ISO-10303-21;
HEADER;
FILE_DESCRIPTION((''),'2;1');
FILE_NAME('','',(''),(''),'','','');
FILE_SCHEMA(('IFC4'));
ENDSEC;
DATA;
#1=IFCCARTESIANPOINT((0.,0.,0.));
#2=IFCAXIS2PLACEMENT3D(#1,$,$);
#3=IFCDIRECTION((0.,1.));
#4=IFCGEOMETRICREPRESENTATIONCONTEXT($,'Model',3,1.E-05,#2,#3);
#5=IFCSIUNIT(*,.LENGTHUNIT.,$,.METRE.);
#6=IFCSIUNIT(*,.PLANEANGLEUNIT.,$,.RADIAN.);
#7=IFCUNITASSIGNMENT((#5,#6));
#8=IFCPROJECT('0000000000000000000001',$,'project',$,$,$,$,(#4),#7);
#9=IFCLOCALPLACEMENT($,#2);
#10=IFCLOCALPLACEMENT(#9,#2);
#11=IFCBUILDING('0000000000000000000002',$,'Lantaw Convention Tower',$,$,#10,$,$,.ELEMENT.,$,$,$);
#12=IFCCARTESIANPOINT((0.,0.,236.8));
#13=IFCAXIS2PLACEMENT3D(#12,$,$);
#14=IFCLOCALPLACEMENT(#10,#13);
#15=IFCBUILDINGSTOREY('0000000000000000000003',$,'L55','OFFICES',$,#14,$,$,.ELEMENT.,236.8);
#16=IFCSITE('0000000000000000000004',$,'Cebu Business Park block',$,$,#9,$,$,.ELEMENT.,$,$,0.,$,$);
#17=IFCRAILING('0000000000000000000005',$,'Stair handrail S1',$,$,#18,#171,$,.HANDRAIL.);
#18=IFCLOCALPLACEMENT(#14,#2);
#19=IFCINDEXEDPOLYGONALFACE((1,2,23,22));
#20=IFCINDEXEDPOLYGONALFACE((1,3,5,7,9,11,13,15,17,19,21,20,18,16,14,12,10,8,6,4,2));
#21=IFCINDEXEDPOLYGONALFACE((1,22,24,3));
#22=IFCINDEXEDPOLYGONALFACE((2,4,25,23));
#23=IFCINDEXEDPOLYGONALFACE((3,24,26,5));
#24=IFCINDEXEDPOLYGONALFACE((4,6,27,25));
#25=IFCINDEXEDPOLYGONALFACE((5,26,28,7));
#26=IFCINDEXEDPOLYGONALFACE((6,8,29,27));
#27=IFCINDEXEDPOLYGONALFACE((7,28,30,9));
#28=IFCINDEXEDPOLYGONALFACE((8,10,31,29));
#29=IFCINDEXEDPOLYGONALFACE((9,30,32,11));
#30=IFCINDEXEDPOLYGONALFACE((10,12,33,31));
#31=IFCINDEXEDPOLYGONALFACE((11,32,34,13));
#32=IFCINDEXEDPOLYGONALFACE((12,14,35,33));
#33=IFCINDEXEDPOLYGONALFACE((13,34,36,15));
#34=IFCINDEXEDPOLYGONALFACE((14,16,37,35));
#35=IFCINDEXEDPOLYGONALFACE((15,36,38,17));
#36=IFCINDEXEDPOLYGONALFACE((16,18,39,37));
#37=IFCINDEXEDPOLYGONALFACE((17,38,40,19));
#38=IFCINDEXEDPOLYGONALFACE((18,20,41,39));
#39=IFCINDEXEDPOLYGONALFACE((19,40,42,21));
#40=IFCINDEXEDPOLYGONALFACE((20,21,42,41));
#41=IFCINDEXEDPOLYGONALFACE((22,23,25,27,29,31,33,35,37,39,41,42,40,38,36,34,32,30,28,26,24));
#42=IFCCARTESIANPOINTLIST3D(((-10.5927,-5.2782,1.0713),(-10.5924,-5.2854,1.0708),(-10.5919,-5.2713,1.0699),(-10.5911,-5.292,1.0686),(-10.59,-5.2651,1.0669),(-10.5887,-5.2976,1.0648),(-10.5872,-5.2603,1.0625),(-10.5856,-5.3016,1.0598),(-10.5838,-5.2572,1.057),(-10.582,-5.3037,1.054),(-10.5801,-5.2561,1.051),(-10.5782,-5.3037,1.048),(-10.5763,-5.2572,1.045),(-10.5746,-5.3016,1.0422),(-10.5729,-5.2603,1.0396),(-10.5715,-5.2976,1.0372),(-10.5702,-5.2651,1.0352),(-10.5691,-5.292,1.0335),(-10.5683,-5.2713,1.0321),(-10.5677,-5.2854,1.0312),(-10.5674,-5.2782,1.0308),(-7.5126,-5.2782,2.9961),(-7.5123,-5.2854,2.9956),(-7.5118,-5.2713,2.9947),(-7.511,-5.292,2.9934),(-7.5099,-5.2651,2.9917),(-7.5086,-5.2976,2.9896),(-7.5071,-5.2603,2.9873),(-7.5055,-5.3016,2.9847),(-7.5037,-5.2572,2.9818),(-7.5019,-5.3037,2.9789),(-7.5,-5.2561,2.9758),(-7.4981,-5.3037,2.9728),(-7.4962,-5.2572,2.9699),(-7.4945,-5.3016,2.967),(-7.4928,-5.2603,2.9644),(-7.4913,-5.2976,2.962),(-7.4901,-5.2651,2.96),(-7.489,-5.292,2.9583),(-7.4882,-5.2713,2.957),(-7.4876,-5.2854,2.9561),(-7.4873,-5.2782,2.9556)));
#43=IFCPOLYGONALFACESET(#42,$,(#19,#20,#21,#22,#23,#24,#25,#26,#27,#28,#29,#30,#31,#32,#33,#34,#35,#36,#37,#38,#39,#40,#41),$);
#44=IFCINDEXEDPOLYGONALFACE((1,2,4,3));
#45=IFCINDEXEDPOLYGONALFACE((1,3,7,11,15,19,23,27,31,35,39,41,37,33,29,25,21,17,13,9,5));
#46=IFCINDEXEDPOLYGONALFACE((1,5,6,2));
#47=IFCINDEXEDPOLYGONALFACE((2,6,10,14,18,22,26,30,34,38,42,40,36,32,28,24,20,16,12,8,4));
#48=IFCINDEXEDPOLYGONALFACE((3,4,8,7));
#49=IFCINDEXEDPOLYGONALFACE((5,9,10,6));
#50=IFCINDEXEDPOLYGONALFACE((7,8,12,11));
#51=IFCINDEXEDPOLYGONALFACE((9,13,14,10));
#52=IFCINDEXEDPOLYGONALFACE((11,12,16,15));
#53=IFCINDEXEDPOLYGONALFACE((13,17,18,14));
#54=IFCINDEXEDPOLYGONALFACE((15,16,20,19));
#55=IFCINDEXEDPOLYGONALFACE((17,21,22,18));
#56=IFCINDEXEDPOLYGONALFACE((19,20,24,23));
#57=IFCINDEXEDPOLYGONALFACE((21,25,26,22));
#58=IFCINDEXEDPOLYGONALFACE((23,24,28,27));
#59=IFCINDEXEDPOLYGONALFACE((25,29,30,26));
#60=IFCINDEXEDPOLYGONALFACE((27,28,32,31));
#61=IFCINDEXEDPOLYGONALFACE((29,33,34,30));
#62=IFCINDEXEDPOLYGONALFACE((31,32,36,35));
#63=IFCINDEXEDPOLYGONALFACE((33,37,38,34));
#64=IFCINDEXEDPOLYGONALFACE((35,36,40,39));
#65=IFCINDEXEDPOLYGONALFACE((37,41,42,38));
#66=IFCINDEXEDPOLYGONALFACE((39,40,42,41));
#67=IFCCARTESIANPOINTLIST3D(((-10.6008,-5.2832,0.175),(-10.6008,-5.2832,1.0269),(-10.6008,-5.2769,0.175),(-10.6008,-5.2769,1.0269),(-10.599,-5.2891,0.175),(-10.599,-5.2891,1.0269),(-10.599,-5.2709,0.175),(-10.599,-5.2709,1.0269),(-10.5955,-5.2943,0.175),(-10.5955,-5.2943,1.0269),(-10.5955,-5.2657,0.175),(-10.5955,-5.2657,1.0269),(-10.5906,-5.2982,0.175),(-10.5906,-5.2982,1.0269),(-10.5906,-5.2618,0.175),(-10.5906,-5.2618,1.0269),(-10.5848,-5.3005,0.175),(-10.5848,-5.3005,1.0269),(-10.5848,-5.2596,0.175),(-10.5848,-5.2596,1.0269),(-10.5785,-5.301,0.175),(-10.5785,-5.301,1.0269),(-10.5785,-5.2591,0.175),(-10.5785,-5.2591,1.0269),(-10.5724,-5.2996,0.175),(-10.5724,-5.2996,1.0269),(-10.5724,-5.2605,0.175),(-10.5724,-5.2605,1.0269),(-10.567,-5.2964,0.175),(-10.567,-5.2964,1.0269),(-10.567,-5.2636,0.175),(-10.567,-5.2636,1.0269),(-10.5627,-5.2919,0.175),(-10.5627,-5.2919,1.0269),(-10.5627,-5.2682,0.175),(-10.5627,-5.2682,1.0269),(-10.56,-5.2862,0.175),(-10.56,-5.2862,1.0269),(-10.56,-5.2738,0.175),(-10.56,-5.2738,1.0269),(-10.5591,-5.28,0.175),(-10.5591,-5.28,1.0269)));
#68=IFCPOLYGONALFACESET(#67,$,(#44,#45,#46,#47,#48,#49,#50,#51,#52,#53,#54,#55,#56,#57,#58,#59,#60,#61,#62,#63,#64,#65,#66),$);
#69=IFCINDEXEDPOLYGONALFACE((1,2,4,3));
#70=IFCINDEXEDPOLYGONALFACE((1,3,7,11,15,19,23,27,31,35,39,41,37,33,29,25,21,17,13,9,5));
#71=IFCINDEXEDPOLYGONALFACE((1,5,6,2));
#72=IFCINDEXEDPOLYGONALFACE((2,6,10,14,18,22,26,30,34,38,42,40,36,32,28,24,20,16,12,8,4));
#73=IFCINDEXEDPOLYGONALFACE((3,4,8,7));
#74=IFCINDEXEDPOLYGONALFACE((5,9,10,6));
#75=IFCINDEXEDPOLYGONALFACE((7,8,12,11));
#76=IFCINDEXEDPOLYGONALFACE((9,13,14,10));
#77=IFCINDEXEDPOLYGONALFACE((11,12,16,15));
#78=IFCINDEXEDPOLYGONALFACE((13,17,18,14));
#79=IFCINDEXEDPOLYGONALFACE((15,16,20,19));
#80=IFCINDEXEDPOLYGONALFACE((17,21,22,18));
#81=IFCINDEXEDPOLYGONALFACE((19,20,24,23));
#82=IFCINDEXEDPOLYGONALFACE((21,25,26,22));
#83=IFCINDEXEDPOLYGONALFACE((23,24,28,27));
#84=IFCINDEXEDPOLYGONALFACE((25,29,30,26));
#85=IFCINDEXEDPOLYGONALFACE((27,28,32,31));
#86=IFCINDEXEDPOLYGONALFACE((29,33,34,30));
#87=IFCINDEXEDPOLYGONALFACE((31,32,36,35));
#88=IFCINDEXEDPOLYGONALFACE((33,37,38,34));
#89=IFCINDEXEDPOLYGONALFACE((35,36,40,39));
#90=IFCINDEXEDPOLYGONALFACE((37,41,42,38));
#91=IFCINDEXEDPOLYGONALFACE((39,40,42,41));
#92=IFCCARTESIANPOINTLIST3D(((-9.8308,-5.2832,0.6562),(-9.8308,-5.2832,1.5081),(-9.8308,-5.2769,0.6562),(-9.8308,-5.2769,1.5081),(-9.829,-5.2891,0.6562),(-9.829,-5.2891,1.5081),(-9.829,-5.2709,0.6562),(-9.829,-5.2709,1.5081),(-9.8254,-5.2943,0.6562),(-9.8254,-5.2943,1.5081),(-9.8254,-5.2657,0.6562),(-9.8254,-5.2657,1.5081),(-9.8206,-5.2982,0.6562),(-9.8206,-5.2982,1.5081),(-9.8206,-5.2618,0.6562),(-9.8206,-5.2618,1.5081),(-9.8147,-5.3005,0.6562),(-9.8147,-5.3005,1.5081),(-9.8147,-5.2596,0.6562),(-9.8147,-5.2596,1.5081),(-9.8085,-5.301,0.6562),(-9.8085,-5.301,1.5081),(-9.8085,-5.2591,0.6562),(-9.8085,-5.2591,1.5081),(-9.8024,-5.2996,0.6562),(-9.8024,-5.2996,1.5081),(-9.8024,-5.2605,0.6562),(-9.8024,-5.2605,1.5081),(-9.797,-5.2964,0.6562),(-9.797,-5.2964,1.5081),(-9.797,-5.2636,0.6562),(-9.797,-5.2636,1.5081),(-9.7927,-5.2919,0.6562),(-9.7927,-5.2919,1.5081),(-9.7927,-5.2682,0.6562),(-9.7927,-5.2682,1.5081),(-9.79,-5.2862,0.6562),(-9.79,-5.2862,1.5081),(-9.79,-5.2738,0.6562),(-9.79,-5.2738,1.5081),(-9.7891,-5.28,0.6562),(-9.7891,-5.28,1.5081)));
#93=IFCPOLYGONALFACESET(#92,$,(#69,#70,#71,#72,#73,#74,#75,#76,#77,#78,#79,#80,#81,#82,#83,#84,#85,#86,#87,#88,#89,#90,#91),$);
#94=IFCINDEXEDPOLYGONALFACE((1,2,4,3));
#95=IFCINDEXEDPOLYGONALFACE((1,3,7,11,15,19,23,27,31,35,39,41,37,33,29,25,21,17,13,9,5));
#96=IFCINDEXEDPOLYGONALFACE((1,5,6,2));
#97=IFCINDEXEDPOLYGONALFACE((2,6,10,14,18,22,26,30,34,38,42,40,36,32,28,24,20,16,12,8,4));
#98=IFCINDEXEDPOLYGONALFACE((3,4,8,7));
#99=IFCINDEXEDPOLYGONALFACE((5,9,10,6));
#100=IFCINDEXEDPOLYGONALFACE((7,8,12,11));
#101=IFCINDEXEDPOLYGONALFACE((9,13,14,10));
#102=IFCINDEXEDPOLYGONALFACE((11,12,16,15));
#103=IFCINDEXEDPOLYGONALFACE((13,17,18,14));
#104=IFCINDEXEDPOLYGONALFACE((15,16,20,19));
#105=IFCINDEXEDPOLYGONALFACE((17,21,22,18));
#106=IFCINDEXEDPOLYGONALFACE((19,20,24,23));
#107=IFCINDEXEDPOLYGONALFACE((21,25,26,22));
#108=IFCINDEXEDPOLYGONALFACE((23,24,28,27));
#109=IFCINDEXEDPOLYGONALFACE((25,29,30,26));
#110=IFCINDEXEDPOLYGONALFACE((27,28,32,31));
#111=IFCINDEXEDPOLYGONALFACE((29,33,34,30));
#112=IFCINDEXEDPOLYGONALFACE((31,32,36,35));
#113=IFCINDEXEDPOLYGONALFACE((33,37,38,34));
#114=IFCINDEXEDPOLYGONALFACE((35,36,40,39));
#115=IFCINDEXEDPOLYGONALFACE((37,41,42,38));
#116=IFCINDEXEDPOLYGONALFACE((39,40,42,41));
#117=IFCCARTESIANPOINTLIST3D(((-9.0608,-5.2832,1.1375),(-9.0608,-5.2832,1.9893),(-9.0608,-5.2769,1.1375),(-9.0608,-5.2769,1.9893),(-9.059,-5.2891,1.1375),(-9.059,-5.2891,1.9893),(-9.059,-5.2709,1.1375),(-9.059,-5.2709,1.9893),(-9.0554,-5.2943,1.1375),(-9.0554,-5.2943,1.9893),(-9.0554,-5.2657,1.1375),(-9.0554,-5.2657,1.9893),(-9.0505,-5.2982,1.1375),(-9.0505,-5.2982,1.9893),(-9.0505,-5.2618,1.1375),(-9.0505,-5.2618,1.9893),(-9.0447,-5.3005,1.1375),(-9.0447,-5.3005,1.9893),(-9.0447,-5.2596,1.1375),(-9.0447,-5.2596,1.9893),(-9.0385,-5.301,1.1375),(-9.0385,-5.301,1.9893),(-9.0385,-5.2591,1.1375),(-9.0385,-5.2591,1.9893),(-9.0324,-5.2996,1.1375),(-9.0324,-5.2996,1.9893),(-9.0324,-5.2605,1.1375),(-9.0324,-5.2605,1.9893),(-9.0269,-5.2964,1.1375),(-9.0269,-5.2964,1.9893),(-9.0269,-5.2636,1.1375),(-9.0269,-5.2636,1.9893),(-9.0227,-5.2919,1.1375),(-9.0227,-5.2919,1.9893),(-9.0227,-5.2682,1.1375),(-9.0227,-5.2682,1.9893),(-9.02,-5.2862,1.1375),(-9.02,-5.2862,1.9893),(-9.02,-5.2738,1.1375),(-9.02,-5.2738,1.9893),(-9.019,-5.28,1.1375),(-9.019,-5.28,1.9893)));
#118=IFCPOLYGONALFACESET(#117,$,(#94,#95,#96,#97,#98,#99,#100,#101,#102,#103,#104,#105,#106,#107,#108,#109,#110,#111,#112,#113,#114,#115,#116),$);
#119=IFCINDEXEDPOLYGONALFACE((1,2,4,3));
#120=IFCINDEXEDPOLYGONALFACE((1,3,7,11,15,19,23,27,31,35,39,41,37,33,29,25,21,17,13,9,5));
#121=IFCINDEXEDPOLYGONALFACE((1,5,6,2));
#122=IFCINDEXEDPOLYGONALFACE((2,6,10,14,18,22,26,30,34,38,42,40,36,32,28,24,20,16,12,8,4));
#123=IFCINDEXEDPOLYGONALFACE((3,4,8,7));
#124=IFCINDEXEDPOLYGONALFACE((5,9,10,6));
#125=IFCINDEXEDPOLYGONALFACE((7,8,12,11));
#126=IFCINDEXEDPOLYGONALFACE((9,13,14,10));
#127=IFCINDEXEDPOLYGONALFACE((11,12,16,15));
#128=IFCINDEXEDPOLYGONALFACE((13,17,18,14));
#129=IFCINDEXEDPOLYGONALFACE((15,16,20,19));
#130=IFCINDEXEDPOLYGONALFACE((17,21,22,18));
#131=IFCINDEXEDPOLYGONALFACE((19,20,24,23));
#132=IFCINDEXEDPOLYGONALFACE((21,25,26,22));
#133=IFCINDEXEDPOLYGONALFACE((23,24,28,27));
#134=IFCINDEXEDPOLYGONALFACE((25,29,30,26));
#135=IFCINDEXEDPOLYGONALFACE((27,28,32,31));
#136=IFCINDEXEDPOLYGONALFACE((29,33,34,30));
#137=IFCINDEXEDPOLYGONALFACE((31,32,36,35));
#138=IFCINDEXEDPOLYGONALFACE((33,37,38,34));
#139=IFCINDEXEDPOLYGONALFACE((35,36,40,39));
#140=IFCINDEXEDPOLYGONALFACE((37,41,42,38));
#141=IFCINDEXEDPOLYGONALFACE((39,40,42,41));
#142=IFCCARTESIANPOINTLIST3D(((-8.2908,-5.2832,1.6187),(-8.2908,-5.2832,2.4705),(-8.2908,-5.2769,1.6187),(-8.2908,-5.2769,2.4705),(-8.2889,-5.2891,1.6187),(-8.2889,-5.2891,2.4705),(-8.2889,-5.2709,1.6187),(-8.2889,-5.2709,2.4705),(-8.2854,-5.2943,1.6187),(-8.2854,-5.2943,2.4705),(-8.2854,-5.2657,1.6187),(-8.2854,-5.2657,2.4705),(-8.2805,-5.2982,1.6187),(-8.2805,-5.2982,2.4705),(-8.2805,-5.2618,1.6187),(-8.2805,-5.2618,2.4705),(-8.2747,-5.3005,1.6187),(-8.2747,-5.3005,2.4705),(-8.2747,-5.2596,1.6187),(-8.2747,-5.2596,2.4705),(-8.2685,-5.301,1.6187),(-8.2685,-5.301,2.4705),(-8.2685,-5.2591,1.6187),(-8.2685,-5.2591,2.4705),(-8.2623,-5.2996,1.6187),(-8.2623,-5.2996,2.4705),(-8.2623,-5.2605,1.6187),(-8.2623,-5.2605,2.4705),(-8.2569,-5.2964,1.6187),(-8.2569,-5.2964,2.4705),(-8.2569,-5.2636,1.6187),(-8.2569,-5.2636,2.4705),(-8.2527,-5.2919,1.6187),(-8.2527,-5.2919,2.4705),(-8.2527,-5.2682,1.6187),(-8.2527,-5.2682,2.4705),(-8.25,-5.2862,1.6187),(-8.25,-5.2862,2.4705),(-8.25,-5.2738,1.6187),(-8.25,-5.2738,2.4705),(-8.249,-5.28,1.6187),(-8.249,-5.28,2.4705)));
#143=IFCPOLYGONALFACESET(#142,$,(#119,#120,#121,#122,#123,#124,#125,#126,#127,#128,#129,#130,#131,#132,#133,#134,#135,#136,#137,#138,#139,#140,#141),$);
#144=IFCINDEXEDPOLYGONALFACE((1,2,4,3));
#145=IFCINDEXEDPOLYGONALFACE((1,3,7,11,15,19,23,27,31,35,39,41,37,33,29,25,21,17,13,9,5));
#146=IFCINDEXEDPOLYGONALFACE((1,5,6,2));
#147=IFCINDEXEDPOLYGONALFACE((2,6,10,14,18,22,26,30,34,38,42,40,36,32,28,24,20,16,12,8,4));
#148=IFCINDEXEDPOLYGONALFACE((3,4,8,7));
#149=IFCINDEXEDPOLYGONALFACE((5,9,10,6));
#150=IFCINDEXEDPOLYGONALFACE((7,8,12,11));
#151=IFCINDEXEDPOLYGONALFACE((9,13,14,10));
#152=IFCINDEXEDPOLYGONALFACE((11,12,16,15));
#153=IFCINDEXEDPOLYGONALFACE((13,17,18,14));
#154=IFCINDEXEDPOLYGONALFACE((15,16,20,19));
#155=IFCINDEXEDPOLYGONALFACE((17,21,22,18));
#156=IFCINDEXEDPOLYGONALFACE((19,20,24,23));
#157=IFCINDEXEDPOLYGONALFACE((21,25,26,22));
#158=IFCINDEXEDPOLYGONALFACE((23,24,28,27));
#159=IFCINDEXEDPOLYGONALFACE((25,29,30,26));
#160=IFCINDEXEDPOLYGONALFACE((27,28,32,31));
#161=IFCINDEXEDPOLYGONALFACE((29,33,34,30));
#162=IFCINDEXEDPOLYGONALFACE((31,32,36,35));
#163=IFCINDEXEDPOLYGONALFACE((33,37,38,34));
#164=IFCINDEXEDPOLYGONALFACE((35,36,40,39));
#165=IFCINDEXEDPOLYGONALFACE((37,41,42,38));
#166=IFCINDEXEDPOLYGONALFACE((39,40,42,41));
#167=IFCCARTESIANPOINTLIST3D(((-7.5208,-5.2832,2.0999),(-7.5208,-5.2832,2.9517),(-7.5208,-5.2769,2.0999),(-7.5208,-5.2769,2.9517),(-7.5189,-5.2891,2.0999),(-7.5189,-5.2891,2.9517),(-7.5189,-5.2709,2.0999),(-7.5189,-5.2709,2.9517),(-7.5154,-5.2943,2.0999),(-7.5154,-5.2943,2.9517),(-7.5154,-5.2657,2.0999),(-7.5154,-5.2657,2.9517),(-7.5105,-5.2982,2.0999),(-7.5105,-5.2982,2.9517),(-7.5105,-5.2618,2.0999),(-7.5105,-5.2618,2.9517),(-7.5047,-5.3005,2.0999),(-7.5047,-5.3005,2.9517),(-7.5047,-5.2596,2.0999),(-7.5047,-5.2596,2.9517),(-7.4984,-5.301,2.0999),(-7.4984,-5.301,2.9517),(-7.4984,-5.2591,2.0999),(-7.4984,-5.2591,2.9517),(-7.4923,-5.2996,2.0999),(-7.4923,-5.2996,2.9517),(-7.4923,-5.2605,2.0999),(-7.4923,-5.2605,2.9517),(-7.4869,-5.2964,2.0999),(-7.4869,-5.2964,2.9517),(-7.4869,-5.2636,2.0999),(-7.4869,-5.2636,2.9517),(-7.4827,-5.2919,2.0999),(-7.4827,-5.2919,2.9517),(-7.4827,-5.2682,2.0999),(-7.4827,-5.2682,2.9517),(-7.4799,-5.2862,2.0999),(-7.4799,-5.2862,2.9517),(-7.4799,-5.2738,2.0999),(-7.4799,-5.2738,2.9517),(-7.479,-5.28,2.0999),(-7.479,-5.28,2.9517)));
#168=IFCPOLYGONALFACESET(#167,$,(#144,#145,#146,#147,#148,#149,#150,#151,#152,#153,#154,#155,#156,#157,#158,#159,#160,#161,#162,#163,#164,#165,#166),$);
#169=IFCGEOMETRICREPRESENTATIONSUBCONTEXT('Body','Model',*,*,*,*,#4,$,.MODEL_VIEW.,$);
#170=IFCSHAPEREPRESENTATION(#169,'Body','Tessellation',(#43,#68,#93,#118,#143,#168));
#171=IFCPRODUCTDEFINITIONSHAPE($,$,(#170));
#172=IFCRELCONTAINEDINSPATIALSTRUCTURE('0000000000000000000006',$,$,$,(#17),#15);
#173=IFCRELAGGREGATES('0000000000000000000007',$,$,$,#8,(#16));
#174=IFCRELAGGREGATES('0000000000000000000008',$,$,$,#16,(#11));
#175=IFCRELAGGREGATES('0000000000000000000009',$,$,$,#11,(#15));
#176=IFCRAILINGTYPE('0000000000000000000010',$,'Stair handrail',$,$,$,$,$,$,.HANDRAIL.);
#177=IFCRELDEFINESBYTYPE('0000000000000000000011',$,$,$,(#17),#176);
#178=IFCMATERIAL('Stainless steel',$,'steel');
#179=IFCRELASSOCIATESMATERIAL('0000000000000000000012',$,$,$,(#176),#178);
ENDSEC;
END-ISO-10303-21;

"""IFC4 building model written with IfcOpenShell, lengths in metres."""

from ifc_helpers import new_model, si_unit, direction, frame, origin, origin_2d, place, context, subcontext, project, spatial, circle, extrude, material, type_object, element, save


model = new_model("IFC4")

# Units and contexts
model_context = context("Model", 3, precision=1e-05, world=origin(), true_north=direction((0.0, 1.0)))
body_context = subcontext(model_context, "Body", "Model", "MODEL_VIEW")
ifc_project = project(units=[si_unit("LENGTHUNIT", "METRE"), si_unit("PLANEANGLEUNIT", "RADIAN")], contexts=[model_context])

# Site, building, storey
site_placement = place(None, origin())
site = spatial("IfcSite", under=ifc_project, at=site_placement, Name="Cebu Business Park block", CompositionType="ELEMENT", RefElevation=0.0)
building_placement = place(site_placement, origin())
building = spatial("IfcBuilding", under=site, at=building_placement, Name="Lantaw Convention Tower", CompositionType="ELEMENT")
storey_placement = place(building_placement, frame((0.0, 0.0, 236.8)))
storey = spatial("IfcBuildingStorey", under=building, at=storey_placement, Name="L55", Description="OFFICES", CompositionType="ELEMENT", Elevation=236.8)

# Shared definitions
ifc_material_1 = material(Name="Stainless steel", Category="steel")

# Railing
railing_type = type_object("IfcRailingType", Name="Stair handrail", PredefinedType="HANDRAIL", material=ifc_material_1)
railing_1_placement = place(storey_placement, frame((-10.5801, -5.28, 0.175)))
element("IfcRailing", 1, at=railing_1_placement, inside=storey, type_object=railing_type, Name="Stair handrail S1", PredefinedType="HANDRAIL", context=body_context, shape_type="SweptSolid", body=[
    extrude(circle(Radius=0.0239, at=origin_2d()), frame((0.0, 0.0, 0.876), z_axis=(0.848029, 0.0, 0.529951), x_axis=(0.0, 1.0, 0.0)), (0.0, 0.0, 1.0), 3.6321),
    extrude(circle(Radius=0.021, at=origin_2d()), origin(), (0.0, 0.0, 1.0), 0.8518),
    extrude(circle(Radius=0.021, at=origin_2d()), frame((0.77, 0.0, 0.4812)), (0.0, 0.0, 1.0), 0.8518),
    extrude(circle(Radius=0.021, at=origin_2d()), frame((1.54, 0.0, 0.9624)), (0.0, 0.0, 1.0), 0.8518),
    extrude(circle(Radius=0.021, at=origin_2d()), frame((2.3101, 0.0, 1.4436)), (0.0, 0.0, 1.0), 0.8518),
    extrude(circle(Radius=0.021, at=origin_2d()), frame((3.0801, 0.0, 1.9248)), (0.0, 0.0, 1.0), 0.8518),
])

save(model, "model.ifc")
